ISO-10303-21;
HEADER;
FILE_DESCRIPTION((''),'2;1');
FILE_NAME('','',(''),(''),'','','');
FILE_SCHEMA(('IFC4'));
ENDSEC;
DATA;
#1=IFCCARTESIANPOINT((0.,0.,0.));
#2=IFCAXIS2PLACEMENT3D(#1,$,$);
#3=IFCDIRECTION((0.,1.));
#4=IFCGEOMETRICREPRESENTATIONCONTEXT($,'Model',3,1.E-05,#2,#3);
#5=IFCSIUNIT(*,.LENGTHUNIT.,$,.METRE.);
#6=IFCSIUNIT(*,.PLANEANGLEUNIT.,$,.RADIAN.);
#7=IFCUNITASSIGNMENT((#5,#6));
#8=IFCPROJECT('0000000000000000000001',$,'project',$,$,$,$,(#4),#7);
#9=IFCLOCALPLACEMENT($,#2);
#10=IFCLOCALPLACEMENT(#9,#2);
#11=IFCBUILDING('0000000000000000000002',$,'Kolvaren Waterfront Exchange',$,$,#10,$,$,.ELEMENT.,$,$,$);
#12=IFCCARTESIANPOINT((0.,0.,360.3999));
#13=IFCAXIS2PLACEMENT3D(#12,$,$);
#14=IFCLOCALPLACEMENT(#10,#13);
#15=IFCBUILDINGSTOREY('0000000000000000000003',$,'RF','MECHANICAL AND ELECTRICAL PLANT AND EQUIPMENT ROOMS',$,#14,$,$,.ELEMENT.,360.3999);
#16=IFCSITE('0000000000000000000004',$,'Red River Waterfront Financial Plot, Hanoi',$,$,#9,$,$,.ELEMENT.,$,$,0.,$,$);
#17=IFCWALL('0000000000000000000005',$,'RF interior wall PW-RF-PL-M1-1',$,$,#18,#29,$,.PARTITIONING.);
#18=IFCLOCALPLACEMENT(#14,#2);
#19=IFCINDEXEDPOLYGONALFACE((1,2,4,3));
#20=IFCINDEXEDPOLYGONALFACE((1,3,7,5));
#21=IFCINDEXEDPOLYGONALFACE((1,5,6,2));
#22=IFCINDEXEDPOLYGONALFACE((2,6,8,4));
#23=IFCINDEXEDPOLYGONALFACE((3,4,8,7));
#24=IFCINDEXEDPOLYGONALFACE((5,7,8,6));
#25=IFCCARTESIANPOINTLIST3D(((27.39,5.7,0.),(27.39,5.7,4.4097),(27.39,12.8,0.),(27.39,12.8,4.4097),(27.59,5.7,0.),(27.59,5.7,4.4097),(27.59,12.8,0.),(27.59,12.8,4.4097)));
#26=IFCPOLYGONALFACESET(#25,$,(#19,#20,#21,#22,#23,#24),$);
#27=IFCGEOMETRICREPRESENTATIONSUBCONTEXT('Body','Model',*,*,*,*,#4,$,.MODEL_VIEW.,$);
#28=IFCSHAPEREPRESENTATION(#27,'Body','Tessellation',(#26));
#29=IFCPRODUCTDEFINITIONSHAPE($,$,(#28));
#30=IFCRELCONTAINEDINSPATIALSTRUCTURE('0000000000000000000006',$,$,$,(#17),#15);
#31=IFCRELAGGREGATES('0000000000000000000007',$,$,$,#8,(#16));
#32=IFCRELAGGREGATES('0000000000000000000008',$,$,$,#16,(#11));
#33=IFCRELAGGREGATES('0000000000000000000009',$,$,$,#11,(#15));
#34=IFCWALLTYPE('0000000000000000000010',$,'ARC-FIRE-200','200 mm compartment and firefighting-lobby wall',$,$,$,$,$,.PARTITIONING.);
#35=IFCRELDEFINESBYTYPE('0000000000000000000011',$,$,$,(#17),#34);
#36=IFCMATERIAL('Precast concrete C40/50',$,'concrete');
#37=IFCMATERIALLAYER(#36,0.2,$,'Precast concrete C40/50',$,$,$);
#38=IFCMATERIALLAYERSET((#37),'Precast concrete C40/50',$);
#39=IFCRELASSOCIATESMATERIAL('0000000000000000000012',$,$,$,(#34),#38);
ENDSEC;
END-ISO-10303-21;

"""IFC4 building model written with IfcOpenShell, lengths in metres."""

from ifc_helpers import new_model, si_unit, direction, frame, frame_2d, origin, place, context, subcontext, project, spatial, rectangle, extrude, material, layer, layer_set, type_object, element, save


model = new_model("IFC4")

# Units and contexts
model_context = context("Model", 3, precision=1e-05, world=origin(), true_north=direction((0.0, 1.0)))
body_context = subcontext(model_context, "Body", "Model", "MODEL_VIEW")
ifc_project = project(units=[si_unit("LENGTHUNIT", "METRE"), si_unit("PLANEANGLEUNIT", "RADIAN")], contexts=[model_context])

# Site, building, storey
site_placement = place(None, origin())
site = spatial("IfcSite", under=ifc_project, at=site_placement, Name="Red River Waterfront Financial Plot, Hanoi", CompositionType="ELEMENT", RefElevation=0.0)
building_placement = place(site_placement, origin())
building = spatial("IfcBuilding", under=site, at=building_placement, Name="Kolvaren Waterfront Exchange", CompositionType="ELEMENT")
storey_placement = place(building_placement, frame((0.0, 0.0, 360.3999)))
storey = spatial("IfcBuildingStorey", under=building, at=storey_placement, Name="RF", Description="MECHANICAL AND ELECTRICAL PLANT AND EQUIPMENT ROOMS", CompositionType="ELEMENT", Elevation=360.3999)

# Shared definitions
ifc_material_1 = material(Name="Precast concrete C40/50", Category="concrete")
ifc_layer_1 = layer(ifc_material_1, 0.2, Name="Precast concrete C40/50")
ifc_layer_set_1 = layer_set([ifc_layer_1], Name="Precast concrete C40/50")
wall_type = type_object("IfcWallType", Name="ARC-FIRE-200", Description="200 mm compartment and firefighting-lobby wall", PredefinedType="PARTITIONING", material=ifc_layer_set_1)

# Wall
wall_1_placement = place(storey_placement, frame((27.49, 5.7, 0.0), z_axis=(0.0, 0.0, 1.0), x_axis=(0.0, 1.0, 0.0)))
element("IfcWall", 1, at=wall_1_placement, inside=storey, type_object=wall_type, Name="RF interior wall PW-RF-PL-M1-1", PredefinedType="PARTITIONING", context=body_context, shape_type="SweptSolid", body=[
    extrude(rectangle(XDim=7.1001, YDim=0.2, at=frame_2d((3.55, 0.0))), origin(), (0.0, 0.0, 1.0), 4.4097),
])

save(model, "model.ifc")
